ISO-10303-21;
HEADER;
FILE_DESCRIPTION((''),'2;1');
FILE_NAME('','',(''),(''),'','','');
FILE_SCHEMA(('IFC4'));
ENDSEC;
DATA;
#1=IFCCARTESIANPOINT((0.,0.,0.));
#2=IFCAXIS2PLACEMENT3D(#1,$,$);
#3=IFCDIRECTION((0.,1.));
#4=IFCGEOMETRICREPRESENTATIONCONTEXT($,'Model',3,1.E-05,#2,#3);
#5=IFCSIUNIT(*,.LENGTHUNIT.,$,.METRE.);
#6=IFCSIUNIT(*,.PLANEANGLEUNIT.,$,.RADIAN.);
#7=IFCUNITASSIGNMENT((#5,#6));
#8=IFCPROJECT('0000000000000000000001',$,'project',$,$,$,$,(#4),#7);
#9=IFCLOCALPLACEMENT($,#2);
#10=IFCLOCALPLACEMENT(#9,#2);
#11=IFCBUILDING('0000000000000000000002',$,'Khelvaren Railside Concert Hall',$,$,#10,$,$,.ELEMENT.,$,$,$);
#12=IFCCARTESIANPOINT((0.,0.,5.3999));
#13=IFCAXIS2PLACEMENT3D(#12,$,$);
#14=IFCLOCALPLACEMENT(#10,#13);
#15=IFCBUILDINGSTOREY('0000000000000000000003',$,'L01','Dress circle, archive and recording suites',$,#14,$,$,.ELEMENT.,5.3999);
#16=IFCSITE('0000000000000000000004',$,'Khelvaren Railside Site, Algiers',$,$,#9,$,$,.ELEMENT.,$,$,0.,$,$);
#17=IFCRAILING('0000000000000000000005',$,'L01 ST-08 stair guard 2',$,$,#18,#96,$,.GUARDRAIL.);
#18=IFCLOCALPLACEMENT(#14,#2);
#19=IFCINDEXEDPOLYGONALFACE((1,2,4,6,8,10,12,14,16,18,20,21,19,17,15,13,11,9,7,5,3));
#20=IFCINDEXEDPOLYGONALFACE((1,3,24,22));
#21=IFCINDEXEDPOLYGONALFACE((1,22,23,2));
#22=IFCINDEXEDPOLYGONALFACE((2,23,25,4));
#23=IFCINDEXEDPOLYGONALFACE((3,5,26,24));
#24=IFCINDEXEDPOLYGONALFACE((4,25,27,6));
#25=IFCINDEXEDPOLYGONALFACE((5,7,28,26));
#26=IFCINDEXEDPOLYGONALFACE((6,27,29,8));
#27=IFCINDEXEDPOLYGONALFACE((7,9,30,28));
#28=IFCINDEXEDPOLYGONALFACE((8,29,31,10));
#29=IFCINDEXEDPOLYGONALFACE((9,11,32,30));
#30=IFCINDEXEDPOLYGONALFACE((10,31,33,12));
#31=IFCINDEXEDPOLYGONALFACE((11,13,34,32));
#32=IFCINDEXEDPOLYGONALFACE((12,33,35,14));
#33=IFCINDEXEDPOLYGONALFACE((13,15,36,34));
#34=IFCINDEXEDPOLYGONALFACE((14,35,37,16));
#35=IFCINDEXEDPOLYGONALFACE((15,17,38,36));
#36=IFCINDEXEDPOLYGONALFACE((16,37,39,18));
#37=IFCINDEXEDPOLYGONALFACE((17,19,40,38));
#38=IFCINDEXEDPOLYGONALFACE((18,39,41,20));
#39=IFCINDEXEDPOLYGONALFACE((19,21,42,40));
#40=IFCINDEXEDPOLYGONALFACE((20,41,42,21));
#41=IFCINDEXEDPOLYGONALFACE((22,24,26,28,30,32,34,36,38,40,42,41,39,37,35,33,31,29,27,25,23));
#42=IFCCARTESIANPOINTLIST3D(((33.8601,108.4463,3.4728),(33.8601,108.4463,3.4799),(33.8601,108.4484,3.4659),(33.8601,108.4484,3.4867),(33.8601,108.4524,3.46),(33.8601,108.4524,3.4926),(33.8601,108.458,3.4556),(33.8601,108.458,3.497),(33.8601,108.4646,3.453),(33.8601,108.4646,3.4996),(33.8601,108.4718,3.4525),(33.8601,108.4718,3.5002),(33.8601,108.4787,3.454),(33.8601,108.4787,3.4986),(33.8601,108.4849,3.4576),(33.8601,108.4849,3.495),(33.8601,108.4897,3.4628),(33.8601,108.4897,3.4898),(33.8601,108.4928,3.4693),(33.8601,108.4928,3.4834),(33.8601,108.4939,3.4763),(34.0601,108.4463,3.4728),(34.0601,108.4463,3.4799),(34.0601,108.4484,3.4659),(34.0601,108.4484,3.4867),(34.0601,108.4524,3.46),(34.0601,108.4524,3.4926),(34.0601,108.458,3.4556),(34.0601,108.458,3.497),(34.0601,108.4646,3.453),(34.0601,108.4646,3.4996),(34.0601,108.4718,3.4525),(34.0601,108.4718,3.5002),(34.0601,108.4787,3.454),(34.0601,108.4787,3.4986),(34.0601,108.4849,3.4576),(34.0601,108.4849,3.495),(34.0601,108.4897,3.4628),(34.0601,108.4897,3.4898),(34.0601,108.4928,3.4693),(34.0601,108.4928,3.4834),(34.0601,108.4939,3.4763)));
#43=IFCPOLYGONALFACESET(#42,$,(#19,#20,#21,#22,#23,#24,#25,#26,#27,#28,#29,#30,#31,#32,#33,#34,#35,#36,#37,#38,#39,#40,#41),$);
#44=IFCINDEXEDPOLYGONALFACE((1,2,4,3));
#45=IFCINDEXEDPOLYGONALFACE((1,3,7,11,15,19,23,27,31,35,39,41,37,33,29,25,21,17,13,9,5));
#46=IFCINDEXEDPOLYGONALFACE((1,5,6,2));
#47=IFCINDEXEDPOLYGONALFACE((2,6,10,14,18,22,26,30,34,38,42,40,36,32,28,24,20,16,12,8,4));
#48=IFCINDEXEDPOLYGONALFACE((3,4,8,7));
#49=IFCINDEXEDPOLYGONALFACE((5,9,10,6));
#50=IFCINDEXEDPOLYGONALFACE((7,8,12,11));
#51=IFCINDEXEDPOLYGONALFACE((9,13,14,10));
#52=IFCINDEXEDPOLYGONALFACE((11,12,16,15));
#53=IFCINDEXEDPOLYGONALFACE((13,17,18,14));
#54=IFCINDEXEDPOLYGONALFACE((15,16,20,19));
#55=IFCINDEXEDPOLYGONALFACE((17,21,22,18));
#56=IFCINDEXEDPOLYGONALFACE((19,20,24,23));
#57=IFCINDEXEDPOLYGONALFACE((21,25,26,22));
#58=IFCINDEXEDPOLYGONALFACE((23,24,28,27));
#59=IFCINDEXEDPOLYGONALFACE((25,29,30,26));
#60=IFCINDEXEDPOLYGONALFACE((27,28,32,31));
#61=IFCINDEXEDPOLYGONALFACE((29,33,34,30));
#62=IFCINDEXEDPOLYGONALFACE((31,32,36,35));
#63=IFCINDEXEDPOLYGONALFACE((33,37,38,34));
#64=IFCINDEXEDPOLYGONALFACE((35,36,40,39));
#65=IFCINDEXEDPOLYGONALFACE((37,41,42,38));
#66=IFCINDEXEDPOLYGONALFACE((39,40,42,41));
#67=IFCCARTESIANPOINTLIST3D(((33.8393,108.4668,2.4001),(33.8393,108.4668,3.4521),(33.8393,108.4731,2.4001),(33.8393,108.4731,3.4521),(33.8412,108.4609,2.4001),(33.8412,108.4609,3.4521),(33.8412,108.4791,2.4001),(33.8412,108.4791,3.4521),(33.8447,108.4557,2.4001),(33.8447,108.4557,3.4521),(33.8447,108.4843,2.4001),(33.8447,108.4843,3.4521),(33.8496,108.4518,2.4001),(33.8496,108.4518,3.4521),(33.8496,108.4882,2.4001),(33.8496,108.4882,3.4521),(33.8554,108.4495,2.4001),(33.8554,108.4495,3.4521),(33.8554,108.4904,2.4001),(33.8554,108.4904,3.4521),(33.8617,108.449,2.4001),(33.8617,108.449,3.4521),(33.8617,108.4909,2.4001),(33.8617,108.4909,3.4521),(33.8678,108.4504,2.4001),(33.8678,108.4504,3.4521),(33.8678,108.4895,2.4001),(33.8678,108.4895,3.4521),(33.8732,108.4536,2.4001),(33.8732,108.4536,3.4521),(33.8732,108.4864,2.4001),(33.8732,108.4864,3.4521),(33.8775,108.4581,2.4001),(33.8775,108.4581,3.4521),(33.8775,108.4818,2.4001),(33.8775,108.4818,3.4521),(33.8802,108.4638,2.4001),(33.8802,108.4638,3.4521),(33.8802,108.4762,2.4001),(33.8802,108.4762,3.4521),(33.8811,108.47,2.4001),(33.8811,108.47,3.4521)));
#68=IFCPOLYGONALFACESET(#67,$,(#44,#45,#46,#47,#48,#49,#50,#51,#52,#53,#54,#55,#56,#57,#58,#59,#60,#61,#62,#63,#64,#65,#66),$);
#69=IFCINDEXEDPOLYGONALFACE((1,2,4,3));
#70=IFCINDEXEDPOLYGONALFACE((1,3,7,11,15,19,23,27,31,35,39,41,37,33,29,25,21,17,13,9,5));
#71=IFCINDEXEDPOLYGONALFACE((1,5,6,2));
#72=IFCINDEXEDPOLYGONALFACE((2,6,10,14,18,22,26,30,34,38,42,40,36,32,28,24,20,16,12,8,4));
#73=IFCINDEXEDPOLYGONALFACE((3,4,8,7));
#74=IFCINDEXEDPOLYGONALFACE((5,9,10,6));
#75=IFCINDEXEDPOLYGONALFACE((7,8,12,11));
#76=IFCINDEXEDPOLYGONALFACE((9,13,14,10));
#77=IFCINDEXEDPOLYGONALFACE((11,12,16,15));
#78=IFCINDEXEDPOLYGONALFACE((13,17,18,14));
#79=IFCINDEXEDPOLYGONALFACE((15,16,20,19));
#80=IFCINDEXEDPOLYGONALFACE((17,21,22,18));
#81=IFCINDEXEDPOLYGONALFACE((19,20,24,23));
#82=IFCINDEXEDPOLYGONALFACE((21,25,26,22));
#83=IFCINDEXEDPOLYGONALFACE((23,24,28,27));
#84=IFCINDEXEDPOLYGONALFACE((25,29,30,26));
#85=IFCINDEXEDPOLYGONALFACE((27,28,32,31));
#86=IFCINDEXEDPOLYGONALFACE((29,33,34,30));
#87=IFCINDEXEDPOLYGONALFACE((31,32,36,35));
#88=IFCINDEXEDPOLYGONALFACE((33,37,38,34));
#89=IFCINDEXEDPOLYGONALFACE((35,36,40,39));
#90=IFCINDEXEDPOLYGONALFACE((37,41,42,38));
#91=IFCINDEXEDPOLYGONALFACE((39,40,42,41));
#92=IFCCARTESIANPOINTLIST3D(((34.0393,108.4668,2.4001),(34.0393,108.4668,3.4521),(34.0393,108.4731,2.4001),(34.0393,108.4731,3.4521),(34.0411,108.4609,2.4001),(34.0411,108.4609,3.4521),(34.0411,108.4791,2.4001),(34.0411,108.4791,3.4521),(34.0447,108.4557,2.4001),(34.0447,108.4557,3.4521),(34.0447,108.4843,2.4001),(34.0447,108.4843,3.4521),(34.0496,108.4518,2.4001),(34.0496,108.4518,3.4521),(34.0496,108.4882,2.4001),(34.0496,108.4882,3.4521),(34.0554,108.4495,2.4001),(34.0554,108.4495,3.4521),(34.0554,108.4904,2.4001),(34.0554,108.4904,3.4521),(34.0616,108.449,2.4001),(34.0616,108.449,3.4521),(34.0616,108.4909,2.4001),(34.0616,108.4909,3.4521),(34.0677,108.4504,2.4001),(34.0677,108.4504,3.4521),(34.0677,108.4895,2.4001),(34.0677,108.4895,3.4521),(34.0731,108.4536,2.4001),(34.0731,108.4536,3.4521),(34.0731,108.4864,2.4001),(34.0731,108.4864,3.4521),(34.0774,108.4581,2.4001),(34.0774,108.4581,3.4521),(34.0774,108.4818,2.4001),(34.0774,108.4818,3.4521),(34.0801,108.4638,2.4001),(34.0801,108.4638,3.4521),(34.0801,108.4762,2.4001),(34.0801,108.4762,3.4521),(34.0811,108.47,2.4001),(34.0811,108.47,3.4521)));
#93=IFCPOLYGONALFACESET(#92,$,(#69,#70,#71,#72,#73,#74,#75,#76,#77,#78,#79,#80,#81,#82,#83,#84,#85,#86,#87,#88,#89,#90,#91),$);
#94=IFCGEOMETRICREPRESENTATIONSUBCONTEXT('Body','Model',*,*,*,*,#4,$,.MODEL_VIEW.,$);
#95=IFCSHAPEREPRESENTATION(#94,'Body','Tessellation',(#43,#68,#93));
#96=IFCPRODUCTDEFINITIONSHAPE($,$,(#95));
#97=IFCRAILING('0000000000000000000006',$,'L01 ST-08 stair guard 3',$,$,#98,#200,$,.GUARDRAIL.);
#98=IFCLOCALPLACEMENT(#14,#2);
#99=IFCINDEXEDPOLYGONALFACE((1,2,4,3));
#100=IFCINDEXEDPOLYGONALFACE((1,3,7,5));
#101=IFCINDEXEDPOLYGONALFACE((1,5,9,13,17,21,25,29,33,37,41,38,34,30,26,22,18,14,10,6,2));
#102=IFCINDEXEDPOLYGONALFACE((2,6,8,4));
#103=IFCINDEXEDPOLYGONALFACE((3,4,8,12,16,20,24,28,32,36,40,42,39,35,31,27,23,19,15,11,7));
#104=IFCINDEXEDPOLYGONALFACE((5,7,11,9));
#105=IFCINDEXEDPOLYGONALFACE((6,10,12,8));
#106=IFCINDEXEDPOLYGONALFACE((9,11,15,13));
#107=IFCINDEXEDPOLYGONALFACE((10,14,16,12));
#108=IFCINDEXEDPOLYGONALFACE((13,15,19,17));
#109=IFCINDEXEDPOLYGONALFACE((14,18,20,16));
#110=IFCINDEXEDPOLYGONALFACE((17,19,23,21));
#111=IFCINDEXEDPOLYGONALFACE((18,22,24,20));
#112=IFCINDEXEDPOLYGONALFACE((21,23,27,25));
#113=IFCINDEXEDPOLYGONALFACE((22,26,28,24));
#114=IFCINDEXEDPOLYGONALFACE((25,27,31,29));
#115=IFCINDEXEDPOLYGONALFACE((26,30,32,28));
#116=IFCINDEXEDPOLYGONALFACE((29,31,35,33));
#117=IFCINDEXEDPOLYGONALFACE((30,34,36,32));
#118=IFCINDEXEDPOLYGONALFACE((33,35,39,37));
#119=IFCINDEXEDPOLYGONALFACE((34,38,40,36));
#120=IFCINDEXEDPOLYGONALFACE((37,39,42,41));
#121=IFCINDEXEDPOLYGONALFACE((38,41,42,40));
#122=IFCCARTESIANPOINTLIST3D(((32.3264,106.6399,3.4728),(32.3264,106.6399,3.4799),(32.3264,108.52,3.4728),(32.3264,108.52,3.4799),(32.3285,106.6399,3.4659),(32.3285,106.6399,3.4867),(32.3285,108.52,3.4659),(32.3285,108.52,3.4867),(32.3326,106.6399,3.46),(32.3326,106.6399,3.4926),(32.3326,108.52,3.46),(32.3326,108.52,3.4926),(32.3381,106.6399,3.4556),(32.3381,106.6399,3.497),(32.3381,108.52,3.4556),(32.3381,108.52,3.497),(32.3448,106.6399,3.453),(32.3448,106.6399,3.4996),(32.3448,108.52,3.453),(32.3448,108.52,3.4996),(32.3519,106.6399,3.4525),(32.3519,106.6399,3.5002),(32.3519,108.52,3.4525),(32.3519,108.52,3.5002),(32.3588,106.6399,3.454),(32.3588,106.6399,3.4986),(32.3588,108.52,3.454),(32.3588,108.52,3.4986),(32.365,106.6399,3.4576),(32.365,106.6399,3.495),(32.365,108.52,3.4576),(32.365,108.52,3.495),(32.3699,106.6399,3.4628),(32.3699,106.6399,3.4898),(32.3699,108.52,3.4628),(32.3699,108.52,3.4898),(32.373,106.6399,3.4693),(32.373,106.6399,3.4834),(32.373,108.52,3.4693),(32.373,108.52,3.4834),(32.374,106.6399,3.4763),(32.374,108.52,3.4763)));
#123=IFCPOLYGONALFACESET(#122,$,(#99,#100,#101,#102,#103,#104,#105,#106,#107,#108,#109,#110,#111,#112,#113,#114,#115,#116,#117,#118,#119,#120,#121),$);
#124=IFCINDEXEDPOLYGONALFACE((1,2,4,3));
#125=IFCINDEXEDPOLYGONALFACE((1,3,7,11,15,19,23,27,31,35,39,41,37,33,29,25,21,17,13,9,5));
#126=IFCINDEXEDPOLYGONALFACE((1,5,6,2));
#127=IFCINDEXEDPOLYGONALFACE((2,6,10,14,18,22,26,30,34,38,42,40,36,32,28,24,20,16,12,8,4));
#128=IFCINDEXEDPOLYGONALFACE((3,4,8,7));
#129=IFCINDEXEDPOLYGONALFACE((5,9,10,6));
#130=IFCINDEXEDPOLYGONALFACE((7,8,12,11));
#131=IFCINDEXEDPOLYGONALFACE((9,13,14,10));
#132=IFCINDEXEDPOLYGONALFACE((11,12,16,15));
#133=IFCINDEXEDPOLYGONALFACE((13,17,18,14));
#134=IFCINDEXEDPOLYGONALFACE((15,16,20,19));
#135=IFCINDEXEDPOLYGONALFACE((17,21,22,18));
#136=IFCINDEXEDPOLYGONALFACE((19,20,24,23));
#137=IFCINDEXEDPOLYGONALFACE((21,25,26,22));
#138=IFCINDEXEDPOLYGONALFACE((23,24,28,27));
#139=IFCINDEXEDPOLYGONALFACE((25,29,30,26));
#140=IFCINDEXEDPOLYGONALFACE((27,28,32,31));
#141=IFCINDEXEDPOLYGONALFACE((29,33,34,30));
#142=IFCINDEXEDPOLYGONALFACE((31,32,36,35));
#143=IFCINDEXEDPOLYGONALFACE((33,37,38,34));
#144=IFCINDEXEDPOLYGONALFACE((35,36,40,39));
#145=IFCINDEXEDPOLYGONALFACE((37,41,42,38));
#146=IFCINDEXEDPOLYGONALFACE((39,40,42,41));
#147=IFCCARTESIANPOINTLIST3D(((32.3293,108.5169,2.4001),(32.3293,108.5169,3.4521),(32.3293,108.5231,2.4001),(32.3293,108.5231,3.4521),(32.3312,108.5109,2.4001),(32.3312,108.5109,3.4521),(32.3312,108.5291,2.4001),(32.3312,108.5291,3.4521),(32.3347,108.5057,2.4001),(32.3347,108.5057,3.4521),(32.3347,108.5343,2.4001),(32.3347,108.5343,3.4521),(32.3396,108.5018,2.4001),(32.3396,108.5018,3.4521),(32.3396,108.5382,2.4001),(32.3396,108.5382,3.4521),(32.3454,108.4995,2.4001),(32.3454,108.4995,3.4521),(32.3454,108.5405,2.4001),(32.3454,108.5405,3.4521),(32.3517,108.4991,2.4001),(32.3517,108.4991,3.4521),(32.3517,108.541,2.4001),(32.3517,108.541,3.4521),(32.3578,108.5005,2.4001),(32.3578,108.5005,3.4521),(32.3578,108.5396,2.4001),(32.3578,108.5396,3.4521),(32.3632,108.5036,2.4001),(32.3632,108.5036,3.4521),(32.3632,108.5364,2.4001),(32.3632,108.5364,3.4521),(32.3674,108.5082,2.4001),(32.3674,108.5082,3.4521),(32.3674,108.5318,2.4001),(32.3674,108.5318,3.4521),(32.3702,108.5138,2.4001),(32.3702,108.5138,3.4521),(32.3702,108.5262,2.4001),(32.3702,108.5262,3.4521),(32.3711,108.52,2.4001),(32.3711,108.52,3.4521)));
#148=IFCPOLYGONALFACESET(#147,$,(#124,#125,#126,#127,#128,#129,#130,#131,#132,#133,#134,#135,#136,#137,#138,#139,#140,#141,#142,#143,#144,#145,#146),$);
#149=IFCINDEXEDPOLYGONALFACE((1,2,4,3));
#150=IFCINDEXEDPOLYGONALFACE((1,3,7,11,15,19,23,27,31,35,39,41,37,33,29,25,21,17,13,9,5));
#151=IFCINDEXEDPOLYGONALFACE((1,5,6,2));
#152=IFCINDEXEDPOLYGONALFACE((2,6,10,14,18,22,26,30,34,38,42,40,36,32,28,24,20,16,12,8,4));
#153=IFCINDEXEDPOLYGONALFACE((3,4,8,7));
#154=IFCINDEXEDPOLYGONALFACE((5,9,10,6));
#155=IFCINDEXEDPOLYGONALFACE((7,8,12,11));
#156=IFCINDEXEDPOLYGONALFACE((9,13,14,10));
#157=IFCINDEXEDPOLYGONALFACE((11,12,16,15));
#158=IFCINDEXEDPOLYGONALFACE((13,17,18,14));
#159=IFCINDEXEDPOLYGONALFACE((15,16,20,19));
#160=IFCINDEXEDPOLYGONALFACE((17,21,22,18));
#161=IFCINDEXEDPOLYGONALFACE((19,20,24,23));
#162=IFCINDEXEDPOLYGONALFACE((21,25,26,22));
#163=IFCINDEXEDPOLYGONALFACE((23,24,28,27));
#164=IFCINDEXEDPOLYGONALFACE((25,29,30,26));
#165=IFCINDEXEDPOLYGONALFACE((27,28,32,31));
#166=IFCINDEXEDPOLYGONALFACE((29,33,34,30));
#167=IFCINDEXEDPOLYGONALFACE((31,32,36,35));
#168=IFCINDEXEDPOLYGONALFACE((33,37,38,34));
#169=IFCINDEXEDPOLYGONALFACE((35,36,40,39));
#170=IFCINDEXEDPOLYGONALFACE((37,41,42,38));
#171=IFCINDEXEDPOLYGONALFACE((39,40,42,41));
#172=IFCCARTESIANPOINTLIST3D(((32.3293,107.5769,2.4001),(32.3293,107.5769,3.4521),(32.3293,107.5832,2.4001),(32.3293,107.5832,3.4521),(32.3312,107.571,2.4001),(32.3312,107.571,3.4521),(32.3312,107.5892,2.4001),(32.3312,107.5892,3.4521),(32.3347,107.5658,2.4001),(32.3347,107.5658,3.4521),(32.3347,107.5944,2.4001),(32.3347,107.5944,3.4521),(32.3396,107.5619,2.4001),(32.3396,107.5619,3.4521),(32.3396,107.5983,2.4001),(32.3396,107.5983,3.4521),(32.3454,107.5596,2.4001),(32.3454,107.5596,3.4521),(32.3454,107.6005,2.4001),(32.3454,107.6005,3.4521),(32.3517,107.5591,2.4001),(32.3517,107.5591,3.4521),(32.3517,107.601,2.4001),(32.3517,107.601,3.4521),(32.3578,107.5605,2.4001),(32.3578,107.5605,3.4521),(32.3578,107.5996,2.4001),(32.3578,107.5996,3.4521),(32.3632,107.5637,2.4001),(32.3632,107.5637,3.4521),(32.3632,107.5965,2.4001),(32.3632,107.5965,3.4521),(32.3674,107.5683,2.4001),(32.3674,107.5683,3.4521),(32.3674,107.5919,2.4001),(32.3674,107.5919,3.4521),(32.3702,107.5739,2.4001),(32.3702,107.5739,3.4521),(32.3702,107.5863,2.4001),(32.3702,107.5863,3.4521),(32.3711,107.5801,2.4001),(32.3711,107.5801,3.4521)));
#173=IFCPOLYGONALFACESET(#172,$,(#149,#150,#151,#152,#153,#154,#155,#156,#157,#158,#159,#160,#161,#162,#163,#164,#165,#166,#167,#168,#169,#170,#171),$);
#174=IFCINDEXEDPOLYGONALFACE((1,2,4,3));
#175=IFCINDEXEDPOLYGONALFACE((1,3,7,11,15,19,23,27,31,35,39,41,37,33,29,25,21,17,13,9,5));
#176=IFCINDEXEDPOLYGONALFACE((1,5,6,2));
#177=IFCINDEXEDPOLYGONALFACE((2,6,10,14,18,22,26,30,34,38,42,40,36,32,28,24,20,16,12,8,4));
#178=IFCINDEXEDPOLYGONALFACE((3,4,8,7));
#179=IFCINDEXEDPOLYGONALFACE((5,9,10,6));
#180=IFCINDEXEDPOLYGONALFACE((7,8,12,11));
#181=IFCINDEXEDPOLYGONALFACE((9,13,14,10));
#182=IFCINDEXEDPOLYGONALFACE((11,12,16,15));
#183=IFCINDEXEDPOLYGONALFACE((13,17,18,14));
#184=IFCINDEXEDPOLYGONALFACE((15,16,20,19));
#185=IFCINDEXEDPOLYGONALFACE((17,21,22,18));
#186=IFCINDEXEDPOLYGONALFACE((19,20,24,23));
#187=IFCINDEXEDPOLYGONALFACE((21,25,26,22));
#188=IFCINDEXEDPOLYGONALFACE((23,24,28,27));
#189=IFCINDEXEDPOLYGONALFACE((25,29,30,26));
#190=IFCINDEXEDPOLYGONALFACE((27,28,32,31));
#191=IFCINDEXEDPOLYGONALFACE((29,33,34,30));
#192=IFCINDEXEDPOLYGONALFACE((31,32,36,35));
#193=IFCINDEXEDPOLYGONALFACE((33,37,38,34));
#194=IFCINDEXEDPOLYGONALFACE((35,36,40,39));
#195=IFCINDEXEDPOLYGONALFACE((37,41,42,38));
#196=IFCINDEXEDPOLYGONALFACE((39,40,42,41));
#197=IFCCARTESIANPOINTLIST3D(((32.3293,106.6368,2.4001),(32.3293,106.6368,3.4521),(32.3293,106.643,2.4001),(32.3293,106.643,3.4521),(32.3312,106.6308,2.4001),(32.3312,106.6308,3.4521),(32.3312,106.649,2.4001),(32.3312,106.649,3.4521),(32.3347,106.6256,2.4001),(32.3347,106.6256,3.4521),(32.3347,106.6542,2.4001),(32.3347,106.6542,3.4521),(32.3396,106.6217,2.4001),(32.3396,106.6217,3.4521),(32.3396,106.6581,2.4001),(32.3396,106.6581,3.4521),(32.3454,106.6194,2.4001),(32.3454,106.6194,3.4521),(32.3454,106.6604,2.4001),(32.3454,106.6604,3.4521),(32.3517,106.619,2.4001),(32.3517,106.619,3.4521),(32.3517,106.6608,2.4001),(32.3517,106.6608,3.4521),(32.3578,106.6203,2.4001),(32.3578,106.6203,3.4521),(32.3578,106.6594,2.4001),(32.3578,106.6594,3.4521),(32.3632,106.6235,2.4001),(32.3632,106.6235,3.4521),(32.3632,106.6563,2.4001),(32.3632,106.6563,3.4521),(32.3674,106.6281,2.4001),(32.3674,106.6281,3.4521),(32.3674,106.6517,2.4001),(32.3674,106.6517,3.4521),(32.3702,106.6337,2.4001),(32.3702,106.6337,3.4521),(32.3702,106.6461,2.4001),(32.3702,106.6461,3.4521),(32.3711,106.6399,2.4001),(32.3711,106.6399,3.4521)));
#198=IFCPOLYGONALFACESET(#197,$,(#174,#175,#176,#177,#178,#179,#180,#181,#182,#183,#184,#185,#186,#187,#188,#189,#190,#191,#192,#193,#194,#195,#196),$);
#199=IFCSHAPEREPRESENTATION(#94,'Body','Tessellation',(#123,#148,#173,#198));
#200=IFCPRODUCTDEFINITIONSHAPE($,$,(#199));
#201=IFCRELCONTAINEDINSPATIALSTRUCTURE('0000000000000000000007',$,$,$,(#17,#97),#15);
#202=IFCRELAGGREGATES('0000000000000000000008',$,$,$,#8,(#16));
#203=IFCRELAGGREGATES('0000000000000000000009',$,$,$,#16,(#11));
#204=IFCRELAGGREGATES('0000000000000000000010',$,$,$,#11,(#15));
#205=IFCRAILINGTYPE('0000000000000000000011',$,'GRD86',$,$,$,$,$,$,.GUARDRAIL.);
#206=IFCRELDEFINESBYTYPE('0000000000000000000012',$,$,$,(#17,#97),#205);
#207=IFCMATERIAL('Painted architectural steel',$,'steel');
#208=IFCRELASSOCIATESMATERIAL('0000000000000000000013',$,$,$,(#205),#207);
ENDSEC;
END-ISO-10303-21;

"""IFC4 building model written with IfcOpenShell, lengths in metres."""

from ifc_helpers import new_model, si_unit, direction, frame, origin, origin_2d, place, context, subcontext, project, spatial, circle, extrude, material, type_object, element, save


model = new_model("IFC4")

# Units and contexts
model_context = context("Model", 3, precision=1e-05, world=origin(), true_north=direction((0.0, 1.0)))
body_context = subcontext(model_context, "Body", "Model", "MODEL_VIEW")
ifc_project = project(units=[si_unit("LENGTHUNIT", "METRE"), si_unit("PLANEANGLEUNIT", "RADIAN")], contexts=[model_context])

# Site, building, storey
site_placement = place(None, origin())
site = spatial("IfcSite", under=ifc_project, at=site_placement, Name="Khelvaren Railside Site, Algiers", CompositionType="ELEMENT", RefElevation=0.0)
building_placement = place(site_placement, origin())
building = spatial("IfcBuilding", under=site, at=building_placement, Name="Khelvaren Railside Concert Hall", CompositionType="ELEMENT")
storey_placement = place(building_placement, frame((0.0, 0.0, 5.3999)))
storey = spatial("IfcBuildingStorey", under=building, at=storey_placement, Name="L01", Description="Dress circle, archive and recording suites", CompositionType="ELEMENT", Elevation=5.3999)

# Railings
ifc_material_1 = material(Name="Painted architectural steel", Category="steel")
railing_type_1 = type_object("IfcRailingType", Name="GRD86", PredefinedType="GUARDRAIL", material=ifc_material_1)
railing_1_placement = place(storey_placement, frame((33.8601, 108.47, 2.4001)))
element("IfcRailing", 1, at=railing_1_placement, inside=storey, type_object=railing_type_1, Name="L01 ST-08 stair guard 2", PredefinedType="GUARDRAIL", context=body_context, shape_type="SweptSolid", body=[
    extrude(circle(Radius=0.0239, at=origin_2d()), frame((0.0, 0.0, 1.0762), z_axis=(1.0, 0.0, 0.0), x_axis=(0.0, 1.0, 0.0)), (0.0, 0.0, 1.0), 0.2),
    extrude(circle(Radius=0.021, at=origin_2d()), origin(), (0.0, 0.0, 1.0), 1.052),
    extrude(circle(Radius=0.021, at=origin_2d()), frame((0.2, 0.0, 0.0)), (0.0, 0.0, 1.0), 1.052),
])
for number, where, name in (
    (2, (32.3501, 108.52, 2.4001), "L01 ST-08 stair guard 3"),
):
    element("IfcRailing", number, at=place(storey_placement, frame(where)), inside=storey, type_object=railing_type_1, Name=name, PredefinedType="GUARDRAIL", context=body_context, shape_type="SweptSolid", body=[
        extrude(circle(Radius=0.0239, at=origin_2d()), frame((0.0, 0.0, 1.0762), z_axis=(0.0, -1.0, 0.0), x_axis=(1.0, 0.0, 0.0)), (0.0, 0.0, 1.0), 1.8801),
        extrude(circle(Radius=0.021, at=origin_2d()), origin(), (0.0, 0.0, 1.0), 1.052),
        extrude(circle(Radius=0.021, at=origin_2d()), frame((0.0, -0.9399, 0.0)), (0.0, 0.0, 1.0), 1.052),
        extrude(circle(Radius=0.021, at=origin_2d()), frame((0.0, -1.8801, 0.0)), (0.0, 0.0, 1.0), 1.052),
    ])

save(model, "model.ifc")
